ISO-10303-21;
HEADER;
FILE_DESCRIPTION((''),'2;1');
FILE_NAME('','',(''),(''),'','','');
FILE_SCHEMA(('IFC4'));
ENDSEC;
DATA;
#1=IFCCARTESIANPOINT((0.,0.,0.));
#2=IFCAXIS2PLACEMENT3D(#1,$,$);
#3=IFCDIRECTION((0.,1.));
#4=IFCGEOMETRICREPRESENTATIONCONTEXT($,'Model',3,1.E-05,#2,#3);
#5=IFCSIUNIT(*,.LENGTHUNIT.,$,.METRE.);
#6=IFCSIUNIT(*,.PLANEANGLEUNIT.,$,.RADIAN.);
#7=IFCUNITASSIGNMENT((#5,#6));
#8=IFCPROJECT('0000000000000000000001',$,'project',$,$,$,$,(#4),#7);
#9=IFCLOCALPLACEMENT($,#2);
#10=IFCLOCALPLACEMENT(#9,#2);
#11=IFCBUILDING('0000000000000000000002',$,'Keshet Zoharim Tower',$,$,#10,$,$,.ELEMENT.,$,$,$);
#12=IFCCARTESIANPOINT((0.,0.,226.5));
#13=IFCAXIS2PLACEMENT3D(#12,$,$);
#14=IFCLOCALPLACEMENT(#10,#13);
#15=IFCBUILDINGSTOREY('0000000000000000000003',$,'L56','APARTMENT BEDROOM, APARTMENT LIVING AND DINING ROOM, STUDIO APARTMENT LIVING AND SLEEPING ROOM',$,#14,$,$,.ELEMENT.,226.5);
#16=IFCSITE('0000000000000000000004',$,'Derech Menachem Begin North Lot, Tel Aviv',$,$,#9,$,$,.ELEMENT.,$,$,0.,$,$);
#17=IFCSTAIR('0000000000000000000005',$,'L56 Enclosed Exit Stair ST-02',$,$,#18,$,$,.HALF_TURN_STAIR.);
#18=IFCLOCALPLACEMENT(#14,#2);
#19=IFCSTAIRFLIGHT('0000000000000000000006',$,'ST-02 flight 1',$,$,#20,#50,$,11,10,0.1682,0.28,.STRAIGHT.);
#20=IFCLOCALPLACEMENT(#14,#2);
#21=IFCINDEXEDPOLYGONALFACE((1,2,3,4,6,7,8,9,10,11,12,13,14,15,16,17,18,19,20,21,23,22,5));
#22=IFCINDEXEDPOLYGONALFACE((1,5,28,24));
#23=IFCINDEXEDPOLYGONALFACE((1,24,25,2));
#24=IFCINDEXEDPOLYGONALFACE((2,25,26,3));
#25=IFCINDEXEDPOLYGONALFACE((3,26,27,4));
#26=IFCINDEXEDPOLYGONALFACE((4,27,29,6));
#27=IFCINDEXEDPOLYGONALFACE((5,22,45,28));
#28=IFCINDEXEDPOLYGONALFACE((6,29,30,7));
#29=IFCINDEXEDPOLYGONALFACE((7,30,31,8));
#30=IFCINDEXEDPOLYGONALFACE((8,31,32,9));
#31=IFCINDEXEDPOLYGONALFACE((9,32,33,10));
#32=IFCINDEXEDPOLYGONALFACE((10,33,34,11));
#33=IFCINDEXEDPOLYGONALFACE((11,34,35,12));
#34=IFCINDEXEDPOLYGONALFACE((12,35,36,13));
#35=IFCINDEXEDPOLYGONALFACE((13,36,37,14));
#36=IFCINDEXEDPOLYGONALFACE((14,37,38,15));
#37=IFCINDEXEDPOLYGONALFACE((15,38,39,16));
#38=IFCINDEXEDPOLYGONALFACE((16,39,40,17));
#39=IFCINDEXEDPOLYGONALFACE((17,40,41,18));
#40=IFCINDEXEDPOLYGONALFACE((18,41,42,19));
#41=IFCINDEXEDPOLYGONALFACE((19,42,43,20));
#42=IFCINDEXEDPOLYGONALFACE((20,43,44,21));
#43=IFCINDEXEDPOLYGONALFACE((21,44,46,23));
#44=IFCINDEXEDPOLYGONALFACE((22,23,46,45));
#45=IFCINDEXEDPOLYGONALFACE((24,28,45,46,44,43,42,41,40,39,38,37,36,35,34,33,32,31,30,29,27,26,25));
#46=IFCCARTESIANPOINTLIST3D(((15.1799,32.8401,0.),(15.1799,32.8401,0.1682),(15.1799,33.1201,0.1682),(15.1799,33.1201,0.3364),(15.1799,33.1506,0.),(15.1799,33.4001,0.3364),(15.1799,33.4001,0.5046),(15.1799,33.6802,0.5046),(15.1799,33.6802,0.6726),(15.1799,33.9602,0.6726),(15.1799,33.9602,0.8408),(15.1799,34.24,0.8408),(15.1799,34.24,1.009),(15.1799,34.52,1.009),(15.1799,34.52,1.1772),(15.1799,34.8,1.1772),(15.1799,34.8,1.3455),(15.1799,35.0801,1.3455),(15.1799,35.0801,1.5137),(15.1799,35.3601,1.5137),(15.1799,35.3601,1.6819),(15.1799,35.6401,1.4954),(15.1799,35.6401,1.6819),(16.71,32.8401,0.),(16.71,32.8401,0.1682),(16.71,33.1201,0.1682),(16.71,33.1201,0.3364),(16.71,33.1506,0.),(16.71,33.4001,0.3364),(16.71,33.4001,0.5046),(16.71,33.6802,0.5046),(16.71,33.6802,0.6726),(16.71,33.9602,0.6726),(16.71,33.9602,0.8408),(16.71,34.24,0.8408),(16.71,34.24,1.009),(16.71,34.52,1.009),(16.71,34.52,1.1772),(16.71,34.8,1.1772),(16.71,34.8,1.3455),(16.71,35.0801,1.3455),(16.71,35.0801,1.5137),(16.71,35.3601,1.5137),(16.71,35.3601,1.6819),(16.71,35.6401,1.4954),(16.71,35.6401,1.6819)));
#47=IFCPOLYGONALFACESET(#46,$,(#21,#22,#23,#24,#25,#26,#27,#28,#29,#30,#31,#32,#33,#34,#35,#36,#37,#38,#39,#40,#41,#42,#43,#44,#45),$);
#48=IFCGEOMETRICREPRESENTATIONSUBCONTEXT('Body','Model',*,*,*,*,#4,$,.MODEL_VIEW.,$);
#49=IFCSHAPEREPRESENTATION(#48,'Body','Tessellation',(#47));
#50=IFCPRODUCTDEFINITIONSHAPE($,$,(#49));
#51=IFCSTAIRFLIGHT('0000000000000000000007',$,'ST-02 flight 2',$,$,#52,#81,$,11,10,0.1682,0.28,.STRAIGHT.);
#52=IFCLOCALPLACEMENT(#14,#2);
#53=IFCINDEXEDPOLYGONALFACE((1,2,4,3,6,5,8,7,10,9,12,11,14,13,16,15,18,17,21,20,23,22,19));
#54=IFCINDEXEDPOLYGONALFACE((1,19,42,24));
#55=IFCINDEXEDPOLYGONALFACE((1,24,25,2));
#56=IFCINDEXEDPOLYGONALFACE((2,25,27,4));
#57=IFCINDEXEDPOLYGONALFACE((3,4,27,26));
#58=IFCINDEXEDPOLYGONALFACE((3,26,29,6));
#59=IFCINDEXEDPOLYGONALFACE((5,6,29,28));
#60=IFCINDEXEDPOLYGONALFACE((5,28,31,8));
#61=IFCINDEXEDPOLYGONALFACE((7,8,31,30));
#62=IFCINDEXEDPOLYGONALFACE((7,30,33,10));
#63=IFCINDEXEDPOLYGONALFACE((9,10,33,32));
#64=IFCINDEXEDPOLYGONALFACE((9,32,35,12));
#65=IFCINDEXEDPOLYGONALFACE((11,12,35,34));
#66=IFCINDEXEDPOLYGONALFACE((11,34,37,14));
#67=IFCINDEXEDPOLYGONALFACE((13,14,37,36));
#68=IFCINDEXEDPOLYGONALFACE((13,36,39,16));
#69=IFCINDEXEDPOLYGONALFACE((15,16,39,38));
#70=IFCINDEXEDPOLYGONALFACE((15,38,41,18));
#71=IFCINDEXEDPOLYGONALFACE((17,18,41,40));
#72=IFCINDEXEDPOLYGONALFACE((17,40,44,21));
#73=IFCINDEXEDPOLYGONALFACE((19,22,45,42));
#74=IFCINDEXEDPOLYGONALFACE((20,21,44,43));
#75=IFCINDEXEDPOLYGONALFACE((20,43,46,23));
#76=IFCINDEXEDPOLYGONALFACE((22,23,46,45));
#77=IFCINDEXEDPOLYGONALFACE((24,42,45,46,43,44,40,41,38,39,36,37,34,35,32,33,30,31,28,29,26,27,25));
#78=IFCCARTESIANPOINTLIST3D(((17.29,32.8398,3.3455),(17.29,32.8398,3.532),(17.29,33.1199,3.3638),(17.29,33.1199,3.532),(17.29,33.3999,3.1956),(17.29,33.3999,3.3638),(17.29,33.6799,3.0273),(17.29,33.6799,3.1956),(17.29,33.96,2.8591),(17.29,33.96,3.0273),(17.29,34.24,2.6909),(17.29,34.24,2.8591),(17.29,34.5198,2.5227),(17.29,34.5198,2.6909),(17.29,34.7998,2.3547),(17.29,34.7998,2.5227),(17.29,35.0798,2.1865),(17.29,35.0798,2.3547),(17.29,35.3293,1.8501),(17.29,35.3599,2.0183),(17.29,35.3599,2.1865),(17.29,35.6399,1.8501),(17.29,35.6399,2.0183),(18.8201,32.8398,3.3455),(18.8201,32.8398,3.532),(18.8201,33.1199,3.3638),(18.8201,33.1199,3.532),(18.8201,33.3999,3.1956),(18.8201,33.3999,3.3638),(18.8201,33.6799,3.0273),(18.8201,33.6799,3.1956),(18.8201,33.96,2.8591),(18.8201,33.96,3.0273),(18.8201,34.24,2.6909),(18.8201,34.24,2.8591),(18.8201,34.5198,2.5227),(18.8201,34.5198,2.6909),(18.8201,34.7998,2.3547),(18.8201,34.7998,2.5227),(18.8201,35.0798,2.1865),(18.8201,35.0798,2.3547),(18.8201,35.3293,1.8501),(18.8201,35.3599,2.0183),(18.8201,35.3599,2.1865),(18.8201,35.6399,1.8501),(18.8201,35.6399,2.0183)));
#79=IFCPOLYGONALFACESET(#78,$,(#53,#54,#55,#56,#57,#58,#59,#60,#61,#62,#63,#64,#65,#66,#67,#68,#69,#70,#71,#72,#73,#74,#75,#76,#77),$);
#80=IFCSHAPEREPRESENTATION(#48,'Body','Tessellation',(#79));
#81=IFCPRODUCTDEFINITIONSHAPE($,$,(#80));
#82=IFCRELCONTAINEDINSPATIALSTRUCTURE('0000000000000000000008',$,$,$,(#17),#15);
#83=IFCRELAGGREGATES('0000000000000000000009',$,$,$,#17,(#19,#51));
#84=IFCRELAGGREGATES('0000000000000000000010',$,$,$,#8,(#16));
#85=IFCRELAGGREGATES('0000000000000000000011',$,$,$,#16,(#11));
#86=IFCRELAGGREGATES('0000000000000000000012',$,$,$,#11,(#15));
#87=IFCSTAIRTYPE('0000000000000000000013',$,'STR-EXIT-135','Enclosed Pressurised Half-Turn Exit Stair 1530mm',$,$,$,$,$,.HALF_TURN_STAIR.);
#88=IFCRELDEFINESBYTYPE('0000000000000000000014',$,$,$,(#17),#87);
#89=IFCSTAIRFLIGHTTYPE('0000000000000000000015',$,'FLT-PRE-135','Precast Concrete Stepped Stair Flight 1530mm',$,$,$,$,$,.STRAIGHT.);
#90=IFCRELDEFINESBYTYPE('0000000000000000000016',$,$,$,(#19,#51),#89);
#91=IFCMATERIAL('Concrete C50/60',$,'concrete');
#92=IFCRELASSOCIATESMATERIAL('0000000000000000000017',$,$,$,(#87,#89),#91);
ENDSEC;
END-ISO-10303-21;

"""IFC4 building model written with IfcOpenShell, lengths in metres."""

from ifc_helpers import new_model, si_unit, direction, frame, origin, place, context, subcontext, project, spatial, polyline, outline, extrude, material, type_object, element, aggregate, save


model = new_model("IFC4")

# Units and contexts
model_context = context("Model", 3, precision=1e-05, world=origin(), true_north=direction((0.0, 1.0)))
body_context = subcontext(model_context, "Body", "Model", "MODEL_VIEW")
ifc_project = project(units=[si_unit("LENGTHUNIT", "METRE"), si_unit("PLANEANGLEUNIT", "RADIAN")], contexts=[model_context])

# Site, building, storey
site_placement = place(None, origin())
site = spatial("IfcSite", under=ifc_project, at=site_placement, Name="Derech Menachem Begin North Lot, Tel Aviv", CompositionType="ELEMENT", RefElevation=0.0)
building_placement = place(site_placement, origin())
building = spatial("IfcBuilding", under=site, at=building_placement, Name="Keshet Zoharim Tower", CompositionType="ELEMENT")
storey_placement = place(building_placement, frame((0.0, 0.0, 226.5)))
storey = spatial("IfcBuildingStorey", under=building, at=storey_placement, Name="L56", Description="APARTMENT BEDROOM, APARTMENT LIVING AND DINING ROOM, STUDIO APARTMENT LIVING AND SLEEPING ROOM", CompositionType="ELEMENT", Elevation=226.5)

# Shared definitions
ifc_material_1 = material(Name="Concrete C50/60", Category="concrete")
stair_type = type_object("IfcStairType", Name="STR-EXIT-135", Description="Enclosed Pressurised Half-Turn Exit Stair 1530mm", PredefinedType="HALF_TURN_STAIR", material=ifc_material_1)
stair_flight_type = type_object("IfcStairFlightType", Name="FLT-PRE-135", Description="Precast Concrete Stepped Stair Flight 1530mm", PredefinedType="STRAIGHT", material=ifc_material_1)

# Stair, stair flights
stair_1_placement = place(storey_placement, origin())
stair_1 = element("IfcStair", 1, at=stair_1_placement, inside=storey, type_object=stair_type, Name="L56 Enclosed Exit Stair ST-02", PredefinedType="HALF_TURN_STAIR")
stair_flight_1_placement = place(storey_placement, frame((15.9451, 32.8401, 0.0), z_axis=(0.0, 0.0, 1.0), x_axis=(0.0, 1.0, 0.0)))
stair_flight_1 = element("IfcStairFlight", 2, at=stair_flight_1_placement, type_object=stair_flight_type, Name="ST-02 flight 1", NumberOfRisers=11, NumberOfTreads=10, PredefinedType="STRAIGHT", RiserHeight=0.1682, TreadLength=0.28, context=body_context, shape_type="SweptSolid", body=[
    extrude(outline(polyline([(0.0, 0.0), (0.0, 0.1682), (0.28, 0.1682), (0.28, 0.3364), (0.5601, 0.3364), (0.5601, 0.5046), (0.8401, 0.5046), (0.8401, 0.6726), (1.1201, 0.6726), (1.1201, 0.8408), (1.3999, 0.8408), (1.3999, 1.009), (1.6799, 1.009), (1.6799, 1.1772), (1.96, 1.1772), (1.96, 1.3455), (2.24, 1.3455), (2.24, 1.5137), (2.52, 1.5137), (2.52, 1.6819), (2.8, 1.6819), (2.8, 1.8501), (2.8, 1.4954), (0.3105, 0.0), (0.0, 0.0)])), frame((0.0, 0.7651, 0.0), z_axis=(0.0, -1.0, 0.0), x_axis=(1.0, 0.0, 0.0)), (0.0, 0.0, 1.0), 1.53),
])
stair_flight_2_placement = place(storey_placement, frame((18.0549, 35.6399, 1.8501), z_axis=(0.0, 0.0, 1.0), x_axis=(0.0, -1.0, 0.0)))
stair_flight_2 = element("IfcStairFlight", 3, at=stair_flight_2_placement, type_object=stair_flight_type, Name="ST-02 flight 2", NumberOfRisers=11, NumberOfTreads=10, PredefinedType="STRAIGHT", RiserHeight=0.1682, TreadLength=0.28, context=body_context, shape_type="SweptSolid", body=[
    extrude(outline(polyline([(0.0, 0.0), (0.0, 0.1682), (0.28, 0.1682), (0.28, 0.3364), (0.5601, 0.3364), (0.5601, 0.5046), (0.8401, 0.5046), (0.8401, 0.6726), (1.1201, 0.6726), (1.1201, 0.8408), (1.3999, 0.8408), (1.3999, 1.009), (1.6799, 1.009), (1.6799, 1.1772), (1.96, 1.1772), (1.96, 1.3455), (2.24, 1.3455), (2.24, 1.5137), (2.52, 1.5137), (2.52, 1.6819), (2.8, 1.6819), (2.8, 1.8501), (2.8, 1.4954), (0.3105, 0.0), (0.0, 0.0)])), frame((0.0, 0.7651, 0.0), z_axis=(0.0, -1.0, 0.0), x_axis=(1.0, 0.0, 0.0)), (0.0, 0.0, 1.0), 1.53),
])
aggregate(stair_1, [stair_flight_1, stair_flight_2])

save(model, "model.ifc")
